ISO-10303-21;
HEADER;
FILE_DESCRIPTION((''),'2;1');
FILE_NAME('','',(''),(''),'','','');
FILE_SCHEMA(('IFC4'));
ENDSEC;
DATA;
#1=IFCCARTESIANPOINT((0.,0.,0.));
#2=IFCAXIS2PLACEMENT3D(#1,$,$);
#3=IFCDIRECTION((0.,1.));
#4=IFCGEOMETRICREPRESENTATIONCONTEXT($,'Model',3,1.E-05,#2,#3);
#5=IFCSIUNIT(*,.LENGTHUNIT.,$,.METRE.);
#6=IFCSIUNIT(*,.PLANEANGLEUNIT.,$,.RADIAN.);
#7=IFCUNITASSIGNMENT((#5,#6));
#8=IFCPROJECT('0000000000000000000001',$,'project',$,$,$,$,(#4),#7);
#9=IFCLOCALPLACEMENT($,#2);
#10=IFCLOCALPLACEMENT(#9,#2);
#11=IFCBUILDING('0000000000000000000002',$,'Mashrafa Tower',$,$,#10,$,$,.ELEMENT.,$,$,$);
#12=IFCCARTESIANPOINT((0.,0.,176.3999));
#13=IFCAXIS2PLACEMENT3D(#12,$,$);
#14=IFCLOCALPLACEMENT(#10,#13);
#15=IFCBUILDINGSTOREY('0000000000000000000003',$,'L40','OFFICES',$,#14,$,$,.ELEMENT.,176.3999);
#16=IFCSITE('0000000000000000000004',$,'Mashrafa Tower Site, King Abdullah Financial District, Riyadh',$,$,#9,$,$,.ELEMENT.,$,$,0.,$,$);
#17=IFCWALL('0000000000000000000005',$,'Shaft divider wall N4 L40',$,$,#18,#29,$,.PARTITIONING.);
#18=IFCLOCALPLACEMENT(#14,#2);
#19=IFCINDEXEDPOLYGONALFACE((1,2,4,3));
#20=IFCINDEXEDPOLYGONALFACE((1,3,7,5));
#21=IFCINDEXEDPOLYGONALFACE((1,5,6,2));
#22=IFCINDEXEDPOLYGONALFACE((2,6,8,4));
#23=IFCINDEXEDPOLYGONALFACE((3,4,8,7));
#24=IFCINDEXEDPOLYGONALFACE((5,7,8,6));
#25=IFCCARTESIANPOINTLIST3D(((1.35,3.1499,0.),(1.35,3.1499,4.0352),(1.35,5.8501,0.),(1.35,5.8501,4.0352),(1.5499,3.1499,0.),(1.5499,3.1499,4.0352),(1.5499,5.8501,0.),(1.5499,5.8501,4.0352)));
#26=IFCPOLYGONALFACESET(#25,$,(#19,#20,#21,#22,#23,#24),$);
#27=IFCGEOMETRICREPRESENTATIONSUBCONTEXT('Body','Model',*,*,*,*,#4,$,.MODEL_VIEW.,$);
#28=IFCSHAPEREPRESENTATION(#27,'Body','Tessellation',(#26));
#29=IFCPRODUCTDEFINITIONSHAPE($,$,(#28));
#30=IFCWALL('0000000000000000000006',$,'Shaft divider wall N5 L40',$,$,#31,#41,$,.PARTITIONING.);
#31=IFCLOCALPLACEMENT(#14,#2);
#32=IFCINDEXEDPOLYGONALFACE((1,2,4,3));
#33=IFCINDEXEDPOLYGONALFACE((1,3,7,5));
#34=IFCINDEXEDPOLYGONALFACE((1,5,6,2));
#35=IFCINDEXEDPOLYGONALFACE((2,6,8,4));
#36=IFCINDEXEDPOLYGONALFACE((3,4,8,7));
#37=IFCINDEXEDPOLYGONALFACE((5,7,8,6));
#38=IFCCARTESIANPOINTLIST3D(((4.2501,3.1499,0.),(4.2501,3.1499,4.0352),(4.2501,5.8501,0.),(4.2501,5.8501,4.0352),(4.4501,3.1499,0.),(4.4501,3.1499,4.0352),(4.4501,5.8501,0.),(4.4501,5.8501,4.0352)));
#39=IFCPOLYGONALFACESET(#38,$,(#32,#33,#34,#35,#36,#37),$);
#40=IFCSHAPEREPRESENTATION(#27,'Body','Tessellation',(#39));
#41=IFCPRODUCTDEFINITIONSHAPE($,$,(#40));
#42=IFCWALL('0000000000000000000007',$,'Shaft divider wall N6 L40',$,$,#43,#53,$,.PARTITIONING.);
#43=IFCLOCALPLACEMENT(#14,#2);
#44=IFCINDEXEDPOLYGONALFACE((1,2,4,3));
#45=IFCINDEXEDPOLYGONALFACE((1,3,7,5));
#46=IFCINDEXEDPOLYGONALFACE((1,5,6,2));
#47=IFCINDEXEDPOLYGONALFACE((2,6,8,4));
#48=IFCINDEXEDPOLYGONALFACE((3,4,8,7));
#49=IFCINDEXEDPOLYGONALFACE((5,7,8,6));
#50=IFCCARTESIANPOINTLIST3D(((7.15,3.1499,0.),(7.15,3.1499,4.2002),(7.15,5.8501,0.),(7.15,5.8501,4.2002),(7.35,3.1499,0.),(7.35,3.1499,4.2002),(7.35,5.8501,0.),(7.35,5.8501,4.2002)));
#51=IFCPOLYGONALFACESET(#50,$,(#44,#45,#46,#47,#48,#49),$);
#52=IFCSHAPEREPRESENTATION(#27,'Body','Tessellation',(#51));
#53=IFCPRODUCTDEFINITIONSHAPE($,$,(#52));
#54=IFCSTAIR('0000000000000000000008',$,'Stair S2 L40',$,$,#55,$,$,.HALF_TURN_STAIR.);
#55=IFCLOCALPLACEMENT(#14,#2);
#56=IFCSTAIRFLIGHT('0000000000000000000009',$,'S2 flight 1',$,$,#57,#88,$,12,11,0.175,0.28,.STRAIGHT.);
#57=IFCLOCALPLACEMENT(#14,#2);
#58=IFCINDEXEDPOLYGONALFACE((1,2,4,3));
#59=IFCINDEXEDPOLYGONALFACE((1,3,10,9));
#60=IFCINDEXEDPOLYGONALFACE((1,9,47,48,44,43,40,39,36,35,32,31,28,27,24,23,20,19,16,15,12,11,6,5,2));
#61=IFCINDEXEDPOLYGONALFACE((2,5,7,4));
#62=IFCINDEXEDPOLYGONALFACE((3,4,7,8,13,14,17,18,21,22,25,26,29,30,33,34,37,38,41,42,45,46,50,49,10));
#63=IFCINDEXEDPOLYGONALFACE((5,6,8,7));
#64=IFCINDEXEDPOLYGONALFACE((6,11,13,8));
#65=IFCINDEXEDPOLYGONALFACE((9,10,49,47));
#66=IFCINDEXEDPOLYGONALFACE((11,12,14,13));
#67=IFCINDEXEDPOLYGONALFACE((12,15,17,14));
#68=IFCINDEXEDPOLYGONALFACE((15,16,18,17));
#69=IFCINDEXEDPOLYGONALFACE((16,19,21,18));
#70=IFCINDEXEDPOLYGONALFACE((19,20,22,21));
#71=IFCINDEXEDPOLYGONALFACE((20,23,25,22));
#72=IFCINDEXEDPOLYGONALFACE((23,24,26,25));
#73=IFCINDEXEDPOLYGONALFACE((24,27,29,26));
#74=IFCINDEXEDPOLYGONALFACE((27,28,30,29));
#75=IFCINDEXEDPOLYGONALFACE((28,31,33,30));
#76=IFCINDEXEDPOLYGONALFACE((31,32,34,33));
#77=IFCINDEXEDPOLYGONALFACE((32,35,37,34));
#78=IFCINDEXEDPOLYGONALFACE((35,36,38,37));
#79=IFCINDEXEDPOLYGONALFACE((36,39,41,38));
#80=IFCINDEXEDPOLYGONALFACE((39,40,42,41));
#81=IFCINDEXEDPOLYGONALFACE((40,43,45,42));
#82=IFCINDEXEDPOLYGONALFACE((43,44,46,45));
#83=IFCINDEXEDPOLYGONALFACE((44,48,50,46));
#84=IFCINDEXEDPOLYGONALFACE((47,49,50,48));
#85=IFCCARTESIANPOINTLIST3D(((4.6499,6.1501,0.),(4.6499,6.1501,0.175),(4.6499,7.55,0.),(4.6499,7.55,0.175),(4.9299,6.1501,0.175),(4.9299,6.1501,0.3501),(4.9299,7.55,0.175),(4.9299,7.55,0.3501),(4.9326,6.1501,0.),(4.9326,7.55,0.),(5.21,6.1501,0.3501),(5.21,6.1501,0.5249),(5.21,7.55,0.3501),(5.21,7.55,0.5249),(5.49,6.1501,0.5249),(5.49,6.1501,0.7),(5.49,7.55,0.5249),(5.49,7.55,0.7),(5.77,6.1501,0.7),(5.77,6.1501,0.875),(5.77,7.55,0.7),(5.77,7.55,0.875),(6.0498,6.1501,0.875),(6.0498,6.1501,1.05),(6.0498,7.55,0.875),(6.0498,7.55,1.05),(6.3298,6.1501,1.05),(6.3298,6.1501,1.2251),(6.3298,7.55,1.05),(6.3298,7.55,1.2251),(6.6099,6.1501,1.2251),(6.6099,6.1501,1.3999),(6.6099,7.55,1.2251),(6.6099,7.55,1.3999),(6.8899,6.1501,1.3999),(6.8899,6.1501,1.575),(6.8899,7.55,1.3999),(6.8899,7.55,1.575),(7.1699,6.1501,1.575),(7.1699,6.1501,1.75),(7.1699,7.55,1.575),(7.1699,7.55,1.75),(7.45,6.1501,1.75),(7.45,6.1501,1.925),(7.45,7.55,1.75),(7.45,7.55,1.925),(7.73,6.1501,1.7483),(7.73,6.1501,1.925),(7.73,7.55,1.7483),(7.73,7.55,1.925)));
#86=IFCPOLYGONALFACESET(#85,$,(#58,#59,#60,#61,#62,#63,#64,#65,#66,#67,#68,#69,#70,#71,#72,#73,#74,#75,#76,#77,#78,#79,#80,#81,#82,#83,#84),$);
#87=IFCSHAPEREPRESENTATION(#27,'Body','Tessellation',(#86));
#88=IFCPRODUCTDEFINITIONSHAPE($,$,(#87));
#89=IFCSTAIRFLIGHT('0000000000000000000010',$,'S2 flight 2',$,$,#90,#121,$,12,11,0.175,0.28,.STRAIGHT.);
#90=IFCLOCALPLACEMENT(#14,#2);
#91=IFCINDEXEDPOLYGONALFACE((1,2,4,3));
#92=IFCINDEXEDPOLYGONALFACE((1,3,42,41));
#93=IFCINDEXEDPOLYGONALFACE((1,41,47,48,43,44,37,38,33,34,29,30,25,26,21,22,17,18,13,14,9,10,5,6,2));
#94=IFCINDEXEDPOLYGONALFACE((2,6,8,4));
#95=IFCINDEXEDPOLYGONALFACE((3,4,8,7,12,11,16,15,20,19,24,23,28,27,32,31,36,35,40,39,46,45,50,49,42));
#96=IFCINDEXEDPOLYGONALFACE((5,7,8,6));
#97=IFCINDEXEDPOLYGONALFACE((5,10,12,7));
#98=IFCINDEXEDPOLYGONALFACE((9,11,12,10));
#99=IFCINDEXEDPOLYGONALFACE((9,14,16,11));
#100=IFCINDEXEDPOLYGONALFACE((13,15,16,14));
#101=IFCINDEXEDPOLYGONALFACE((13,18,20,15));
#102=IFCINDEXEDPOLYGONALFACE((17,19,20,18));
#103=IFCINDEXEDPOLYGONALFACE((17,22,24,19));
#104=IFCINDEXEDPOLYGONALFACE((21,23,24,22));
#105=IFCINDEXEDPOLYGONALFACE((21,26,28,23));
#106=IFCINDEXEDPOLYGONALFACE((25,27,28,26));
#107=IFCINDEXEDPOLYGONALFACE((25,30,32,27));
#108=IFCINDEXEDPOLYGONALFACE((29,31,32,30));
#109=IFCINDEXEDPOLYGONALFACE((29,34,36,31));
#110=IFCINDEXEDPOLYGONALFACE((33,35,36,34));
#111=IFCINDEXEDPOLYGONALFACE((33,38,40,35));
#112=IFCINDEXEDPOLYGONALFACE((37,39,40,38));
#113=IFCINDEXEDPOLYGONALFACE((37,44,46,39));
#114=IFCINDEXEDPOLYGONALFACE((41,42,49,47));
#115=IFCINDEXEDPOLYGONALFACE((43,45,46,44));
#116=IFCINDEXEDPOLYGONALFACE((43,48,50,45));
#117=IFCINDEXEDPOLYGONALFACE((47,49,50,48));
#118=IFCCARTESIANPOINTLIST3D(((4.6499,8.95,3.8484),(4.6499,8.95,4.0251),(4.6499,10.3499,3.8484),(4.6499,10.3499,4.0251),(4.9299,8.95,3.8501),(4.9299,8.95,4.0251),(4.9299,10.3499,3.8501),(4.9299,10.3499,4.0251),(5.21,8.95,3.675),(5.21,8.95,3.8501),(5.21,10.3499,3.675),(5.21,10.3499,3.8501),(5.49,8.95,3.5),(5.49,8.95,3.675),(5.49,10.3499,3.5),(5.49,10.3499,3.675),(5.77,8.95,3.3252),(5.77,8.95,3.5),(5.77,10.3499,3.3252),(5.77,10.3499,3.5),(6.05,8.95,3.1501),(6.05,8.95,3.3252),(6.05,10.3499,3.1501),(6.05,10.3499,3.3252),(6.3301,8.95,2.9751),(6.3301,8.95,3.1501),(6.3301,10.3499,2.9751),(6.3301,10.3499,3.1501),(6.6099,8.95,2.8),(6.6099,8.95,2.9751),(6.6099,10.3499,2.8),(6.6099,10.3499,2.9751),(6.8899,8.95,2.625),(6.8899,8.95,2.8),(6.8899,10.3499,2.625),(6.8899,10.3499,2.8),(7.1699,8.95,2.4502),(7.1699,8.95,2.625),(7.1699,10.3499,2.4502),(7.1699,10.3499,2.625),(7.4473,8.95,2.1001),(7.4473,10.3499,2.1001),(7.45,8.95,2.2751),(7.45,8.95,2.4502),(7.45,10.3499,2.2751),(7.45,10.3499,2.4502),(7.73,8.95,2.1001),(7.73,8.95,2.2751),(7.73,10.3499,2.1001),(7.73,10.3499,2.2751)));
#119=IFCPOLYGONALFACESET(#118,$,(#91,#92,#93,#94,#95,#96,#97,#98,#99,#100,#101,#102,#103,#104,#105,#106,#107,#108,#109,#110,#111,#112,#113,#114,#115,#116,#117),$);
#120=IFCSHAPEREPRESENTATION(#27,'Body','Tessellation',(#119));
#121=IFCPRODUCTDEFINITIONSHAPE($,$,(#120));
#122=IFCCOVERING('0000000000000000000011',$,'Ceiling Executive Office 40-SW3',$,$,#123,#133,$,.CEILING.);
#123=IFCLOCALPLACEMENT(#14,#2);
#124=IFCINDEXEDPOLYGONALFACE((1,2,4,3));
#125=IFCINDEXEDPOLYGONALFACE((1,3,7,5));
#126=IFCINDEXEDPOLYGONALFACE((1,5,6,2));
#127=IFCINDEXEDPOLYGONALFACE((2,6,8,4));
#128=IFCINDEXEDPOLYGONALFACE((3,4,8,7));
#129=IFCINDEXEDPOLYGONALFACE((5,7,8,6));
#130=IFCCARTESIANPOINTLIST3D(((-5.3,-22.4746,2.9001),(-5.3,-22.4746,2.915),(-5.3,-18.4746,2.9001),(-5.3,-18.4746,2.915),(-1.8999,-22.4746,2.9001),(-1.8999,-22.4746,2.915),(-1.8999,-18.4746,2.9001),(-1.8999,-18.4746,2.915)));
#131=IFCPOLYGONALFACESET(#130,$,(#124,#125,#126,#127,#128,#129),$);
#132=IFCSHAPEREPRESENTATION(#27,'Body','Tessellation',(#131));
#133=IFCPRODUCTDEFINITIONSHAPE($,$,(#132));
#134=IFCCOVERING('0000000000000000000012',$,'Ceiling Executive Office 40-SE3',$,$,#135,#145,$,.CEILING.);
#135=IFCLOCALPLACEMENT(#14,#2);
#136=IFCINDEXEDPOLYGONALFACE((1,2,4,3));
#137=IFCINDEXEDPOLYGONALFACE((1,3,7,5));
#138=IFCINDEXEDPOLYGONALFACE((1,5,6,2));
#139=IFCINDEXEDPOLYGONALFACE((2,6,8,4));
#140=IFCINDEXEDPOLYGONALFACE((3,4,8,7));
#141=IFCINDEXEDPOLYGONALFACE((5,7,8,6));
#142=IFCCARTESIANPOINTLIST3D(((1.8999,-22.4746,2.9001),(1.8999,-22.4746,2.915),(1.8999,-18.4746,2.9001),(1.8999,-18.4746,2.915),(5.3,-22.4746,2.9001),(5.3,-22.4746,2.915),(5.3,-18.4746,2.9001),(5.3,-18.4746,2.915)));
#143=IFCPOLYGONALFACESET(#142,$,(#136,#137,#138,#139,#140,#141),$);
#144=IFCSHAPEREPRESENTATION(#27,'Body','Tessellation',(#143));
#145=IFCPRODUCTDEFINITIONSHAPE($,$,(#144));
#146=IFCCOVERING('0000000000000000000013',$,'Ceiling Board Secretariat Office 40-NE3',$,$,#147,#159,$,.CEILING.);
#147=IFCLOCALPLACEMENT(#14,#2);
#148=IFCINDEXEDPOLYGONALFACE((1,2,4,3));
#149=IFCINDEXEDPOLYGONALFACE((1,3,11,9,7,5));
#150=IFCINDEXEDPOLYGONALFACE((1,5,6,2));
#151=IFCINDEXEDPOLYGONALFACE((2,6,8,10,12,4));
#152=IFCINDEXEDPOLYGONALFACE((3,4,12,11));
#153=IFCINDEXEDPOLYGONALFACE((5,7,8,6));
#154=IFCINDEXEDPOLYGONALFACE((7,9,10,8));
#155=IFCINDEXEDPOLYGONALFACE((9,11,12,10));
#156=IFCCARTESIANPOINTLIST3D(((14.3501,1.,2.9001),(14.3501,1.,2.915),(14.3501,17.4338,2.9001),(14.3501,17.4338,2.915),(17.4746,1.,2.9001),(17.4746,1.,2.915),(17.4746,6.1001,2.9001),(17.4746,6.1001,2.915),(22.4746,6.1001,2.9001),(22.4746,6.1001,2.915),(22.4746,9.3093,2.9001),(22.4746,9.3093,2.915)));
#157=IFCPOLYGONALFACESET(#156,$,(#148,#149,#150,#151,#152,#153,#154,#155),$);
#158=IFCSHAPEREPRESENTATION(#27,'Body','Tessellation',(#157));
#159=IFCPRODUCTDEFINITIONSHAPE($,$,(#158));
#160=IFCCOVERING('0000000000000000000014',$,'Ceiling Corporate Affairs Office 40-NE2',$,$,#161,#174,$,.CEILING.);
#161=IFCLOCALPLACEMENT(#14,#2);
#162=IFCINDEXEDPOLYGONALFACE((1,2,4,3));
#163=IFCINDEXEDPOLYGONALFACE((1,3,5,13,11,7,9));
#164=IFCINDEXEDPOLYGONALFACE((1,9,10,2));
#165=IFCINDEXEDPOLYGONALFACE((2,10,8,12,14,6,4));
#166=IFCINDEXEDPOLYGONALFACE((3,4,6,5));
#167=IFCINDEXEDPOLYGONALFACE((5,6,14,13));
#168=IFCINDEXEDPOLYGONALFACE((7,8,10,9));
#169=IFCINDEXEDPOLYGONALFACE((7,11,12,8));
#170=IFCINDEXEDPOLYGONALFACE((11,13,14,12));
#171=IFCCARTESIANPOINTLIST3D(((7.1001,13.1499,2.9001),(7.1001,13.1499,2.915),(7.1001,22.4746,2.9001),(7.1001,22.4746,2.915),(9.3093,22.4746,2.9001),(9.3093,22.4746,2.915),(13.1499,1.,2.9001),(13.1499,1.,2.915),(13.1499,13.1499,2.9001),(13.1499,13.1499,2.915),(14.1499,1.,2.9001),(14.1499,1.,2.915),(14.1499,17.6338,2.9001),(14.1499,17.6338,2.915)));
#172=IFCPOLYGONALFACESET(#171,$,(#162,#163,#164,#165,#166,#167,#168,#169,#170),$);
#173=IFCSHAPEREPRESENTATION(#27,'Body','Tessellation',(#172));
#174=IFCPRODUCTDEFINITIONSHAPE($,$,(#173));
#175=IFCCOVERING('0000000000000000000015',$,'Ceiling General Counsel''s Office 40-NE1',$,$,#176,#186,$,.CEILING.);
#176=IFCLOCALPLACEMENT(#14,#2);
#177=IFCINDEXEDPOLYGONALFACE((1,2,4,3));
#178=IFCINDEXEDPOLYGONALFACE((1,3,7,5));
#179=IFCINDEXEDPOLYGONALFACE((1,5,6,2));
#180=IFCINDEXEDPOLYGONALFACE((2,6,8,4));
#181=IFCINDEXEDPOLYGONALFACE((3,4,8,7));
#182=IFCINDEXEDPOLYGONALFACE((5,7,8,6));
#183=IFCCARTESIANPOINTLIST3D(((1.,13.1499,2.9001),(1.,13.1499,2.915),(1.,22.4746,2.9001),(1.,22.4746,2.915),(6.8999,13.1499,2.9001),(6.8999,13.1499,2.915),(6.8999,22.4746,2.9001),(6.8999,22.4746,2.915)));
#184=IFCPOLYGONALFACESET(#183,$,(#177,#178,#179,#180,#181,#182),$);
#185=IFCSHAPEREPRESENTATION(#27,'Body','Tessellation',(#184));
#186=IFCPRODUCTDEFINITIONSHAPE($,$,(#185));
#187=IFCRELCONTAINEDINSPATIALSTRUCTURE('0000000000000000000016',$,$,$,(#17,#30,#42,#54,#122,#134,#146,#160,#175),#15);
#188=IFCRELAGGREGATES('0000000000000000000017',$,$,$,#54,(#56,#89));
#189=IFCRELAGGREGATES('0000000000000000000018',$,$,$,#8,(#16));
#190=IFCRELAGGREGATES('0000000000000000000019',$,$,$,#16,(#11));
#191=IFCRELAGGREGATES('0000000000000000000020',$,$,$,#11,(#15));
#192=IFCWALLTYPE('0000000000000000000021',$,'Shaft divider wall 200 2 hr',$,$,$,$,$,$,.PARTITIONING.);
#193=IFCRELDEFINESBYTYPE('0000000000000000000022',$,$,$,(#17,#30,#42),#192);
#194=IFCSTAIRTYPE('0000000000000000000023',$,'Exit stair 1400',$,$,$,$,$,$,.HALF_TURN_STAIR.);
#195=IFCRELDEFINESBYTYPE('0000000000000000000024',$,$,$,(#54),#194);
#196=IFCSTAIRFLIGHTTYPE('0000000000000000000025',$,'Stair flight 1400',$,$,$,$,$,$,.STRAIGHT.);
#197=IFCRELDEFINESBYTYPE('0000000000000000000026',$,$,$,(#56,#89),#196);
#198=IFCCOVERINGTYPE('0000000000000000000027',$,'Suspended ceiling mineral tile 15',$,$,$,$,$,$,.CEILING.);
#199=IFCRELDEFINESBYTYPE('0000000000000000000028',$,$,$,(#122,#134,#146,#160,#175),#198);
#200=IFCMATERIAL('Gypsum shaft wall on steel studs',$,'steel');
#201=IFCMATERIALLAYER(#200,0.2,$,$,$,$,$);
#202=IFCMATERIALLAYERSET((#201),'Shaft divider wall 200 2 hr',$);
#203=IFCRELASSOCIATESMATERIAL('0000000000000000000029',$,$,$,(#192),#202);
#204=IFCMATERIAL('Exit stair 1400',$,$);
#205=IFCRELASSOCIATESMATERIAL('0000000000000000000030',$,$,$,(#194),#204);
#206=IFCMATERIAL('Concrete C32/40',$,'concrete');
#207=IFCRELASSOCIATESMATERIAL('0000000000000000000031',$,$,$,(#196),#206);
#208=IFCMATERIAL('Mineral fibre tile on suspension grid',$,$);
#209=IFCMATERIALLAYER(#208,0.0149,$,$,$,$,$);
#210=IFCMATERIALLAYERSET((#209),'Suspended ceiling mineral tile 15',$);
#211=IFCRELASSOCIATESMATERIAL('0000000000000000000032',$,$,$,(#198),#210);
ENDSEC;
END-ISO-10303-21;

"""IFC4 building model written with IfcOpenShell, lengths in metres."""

from ifc_helpers import new_model, si_unit, direction, frame, frame_2d, origin, place, context, subcontext, project, spatial, polyline, rectangle, outline, extrude, material, layer, layer_set, type_object, element, aggregate, save


model = new_model("IFC4")

# Units and contexts
model_context = context("Model", 3, precision=1e-05, world=origin(), true_north=direction((0.0, 1.0)))
body_context = subcontext(model_context, "Body", "Model", "MODEL_VIEW")
ifc_project = project(units=[si_unit("LENGTHUNIT", "METRE"), si_unit("PLANEANGLEUNIT", "RADIAN")], contexts=[model_context])

# Site, building, storey
site_placement = place(None, origin())
site = spatial("IfcSite", under=ifc_project, at=site_placement, Name="Mashrafa Tower Site, King Abdullah Financial District, Riyadh", CompositionType="ELEMENT", RefElevation=0.0)
building_placement = place(site_placement, origin())
building = spatial("IfcBuilding", under=site, at=building_placement, Name="Mashrafa Tower", CompositionType="ELEMENT")
storey_placement = place(building_placement, frame((0.0, 0.0, 176.3999)))
storey = spatial("IfcBuildingStorey", under=building, at=storey_placement, Name="L40", Description="OFFICES", CompositionType="ELEMENT", Elevation=176.3999)

# Walls
ifc_material_1 = material(Name="Gypsum shaft wall on steel studs", Category="steel")
ifc_layer_1 = layer(ifc_material_1, 0.2)
ifc_layer_set_1 = layer_set([ifc_layer_1], Name="Shaft divider wall 200 2 hr")
wall_type_1 = type_object("IfcWallType", Name="Shaft divider wall 200 2 hr", PredefinedType="PARTITIONING", material=ifc_layer_set_1)
for number, where, z_axis, x_axis, name in (
    (1, (1.45, 3.1499, 0.0), (0.0, 0.0, 1.0), (0.0, 1.0, 0.0), "Shaft divider wall N4 L40"),
    (2, (4.3501, 3.1499, 0.0), (0.0, 0.0, 1.0), (0.0, 1.0, 0.0), "Shaft divider wall N5 L40"),
):
    element("IfcWall", number, at=place(storey_placement, frame(where, z_axis=z_axis, x_axis=x_axis)), inside=storey, type_object=wall_type_1, Name=name, PredefinedType="PARTITIONING", context=body_context, shape_type="SweptSolid", body=[
        extrude(rectangle(XDim=2.7002, YDim=0.2, at=frame_2d((1.3501, 0.0))), origin(), (0.0, 0.0, 1.0), 4.0352),
    ])
wall_1_placement = place(storey_placement, frame((7.25, 3.1499, 0.0), z_axis=(0.0, 0.0, 1.0), x_axis=(0.0, 1.0, 0.0)))
element("IfcWall", 3, at=wall_1_placement, inside=storey, type_object=wall_type_1, Name="Shaft divider wall N6 L40", PredefinedType="PARTITIONING", context=body_context, shape_type="SweptSolid", body=[
    extrude(rectangle(XDim=2.7002, YDim=0.2, at=frame_2d((1.3501, 0.0))), origin(), (0.0, 0.0, 1.0), 4.2002),
])

# Stair, stair flights
ifc_material_2 = material(Name="Exit stair 1400")
stair_type = type_object("IfcStairType", Name="Exit stair 1400", PredefinedType="HALF_TURN_STAIR", material=ifc_material_2)
stair_placement = place(storey_placement, origin())
stair = element("IfcStair", 4, at=stair_placement, inside=storey, type_object=stair_type, Name="Stair S2 L40", PredefinedType="HALF_TURN_STAIR")
ifc_material_3 = material(Name="Concrete C32/40", Category="concrete")
stair_flight_type = type_object("IfcStairFlightType", Name="Stair flight 1400", PredefinedType="STRAIGHT", material=ifc_material_3)
stair_flight_1_placement = place(storey_placement, frame((4.6499, 6.8501, 0.0), z_axis=(0.0, 0.0, 1.0), x_axis=(1.0, 0.0, 0.0)))
stair_flight_1 = element("IfcStairFlight", 5, at=stair_flight_1_placement, type_object=stair_flight_type, Name="S2 flight 1", NumberOfRisers=12, NumberOfTreads=11, PredefinedType="STRAIGHT", RiserHeight=0.175, TreadLength=0.28, context=body_context, shape_type="SweptSolid", body=[
    extrude(outline(polyline([(0.0, 0.0), (0.0, 0.175), (0.28, 0.175), (0.28, 0.3501), (0.5601, 0.3501), (0.5601, 0.5249), (0.8401, 0.5249), (0.8401, 0.7), (1.1201, 0.7), (1.1201, 0.875), (1.3999, 0.875), (1.3999, 1.05), (1.6799, 1.05), (1.6799, 1.2251), (1.96, 1.2251), (1.96, 1.3999), (2.24, 1.3999), (2.24, 1.575), (2.52, 1.575), (2.52, 1.75), (2.8, 1.75), (2.8, 1.925), (3.0801, 1.925), (3.0801, 2.1001), (3.0801, 1.7483), (0.2827, 0.0), (0.0, 0.0)])), frame((0.0, 0.7, 0.0), z_axis=(0.0, -1.0, 0.0), x_axis=(1.0, 0.0, 0.0)), (0.0, 0.0, 1.0), 1.3999),
])
stair_flight_2_placement = place(storey_placement, frame((7.73, 9.6499, 2.1001), z_axis=(0.0, 0.0, 1.0), x_axis=(-1.0, 0.0, 0.0)))
stair_flight_2 = element("IfcStairFlight", 6, at=stair_flight_2_placement, type_object=stair_flight_type, Name="S2 flight 2", NumberOfRisers=12, NumberOfTreads=11, PredefinedType="STRAIGHT", RiserHeight=0.175, TreadLength=0.28, context=body_context, shape_type="SweptSolid", body=[
    extrude(outline(polyline([(0.0, 0.0), (0.0, 0.175), (0.28, 0.175), (0.28, 0.3501), (0.5601, 0.3501), (0.5601, 0.5249), (0.8401, 0.5249), (0.8401, 0.7), (1.1201, 0.7), (1.1201, 0.875), (1.3999, 0.875), (1.3999, 1.05), (1.6799, 1.05), (1.6799, 1.2251), (1.96, 1.2251), (1.96, 1.3999), (2.24, 1.3999), (2.24, 1.575), (2.52, 1.575), (2.52, 1.75), (2.8, 1.75), (2.8, 1.925), (3.0801, 1.925), (3.0801, 2.1001), (3.0801, 1.7483), (0.2827, 0.0), (0.0, 0.0)])), frame((0.0, 0.7, 0.0), z_axis=(0.0, -1.0, 0.0), x_axis=(1.0, 0.0, 0.0)), (0.0, 0.0, 1.0), 1.3999),
])
aggregate(stair, [stair_flight_1, stair_flight_2])

# Coverings
ifc_material_4 = material(Name="Mineral fibre tile on suspension grid")
ifc_layer_2 = layer(ifc_material_4, 0.0149)
ifc_layer_set_2 = layer_set([ifc_layer_2], Name="Suspended ceiling mineral tile 15")
covering_type = type_object("IfcCoveringType", Name="Suspended ceiling mineral tile 15", PredefinedType="CEILING", material=ifc_layer_set_2)
covering_1_placement = place(storey_placement, frame((0.0, 0.0, 2.9001)))
element("IfcCovering", 7, at=covering_1_placement, inside=storey, type_object=covering_type, Name="Ceiling Executive Office 40-SW3", PredefinedType="CEILING", context=body_context, shape_type="SweptSolid", body=[
    extrude(outline(polyline([(-5.3, -18.4746), (-1.8999, -18.4746), (-1.8999, -22.4746), (-5.3, -22.4746), (-5.3, -18.4746)])), origin(), (0.0, 0.0, 1.0), 0.0149),
])
covering_2_placement = place(storey_placement, frame((0.0, 0.0, 2.9001)))
element("IfcCovering", 8, at=covering_2_placement, inside=storey, type_object=covering_type, Name="Ceiling Executive Office 40-SE3", PredefinedType="CEILING", context=body_context, shape_type="SweptSolid", body=[
    extrude(outline(polyline([(1.8999, -18.4746), (5.3, -18.4746), (5.3, -22.4746), (1.8999, -22.4746), (1.8999, -18.4746)])), origin(), (0.0, 0.0, 1.0), 0.0149),
])
covering_3_placement = place(storey_placement, frame((0.0, 0.0, 2.9001)))
element("IfcCovering", 9, at=covering_3_placement, inside=storey, type_object=covering_type, Name="Ceiling Board Secretariat Office 40-NE3", PredefinedType="CEILING", context=body_context, shape_type="SweptSolid", body=[
    extrude(outline(polyline([(14.3501, 1.0), (14.3501, 17.4338), (22.4746, 9.3093), (22.4746, 6.1001), (17.4746, 6.1001), (17.4746, 1.0), (14.3501, 1.0)])), origin(), (0.0, 0.0, 1.0), 0.0149),
])
covering_4_placement = place(storey_placement, frame((0.0, 0.0, 2.9001)))
element("IfcCovering", 10, at=covering_4_placement, inside=storey, type_object=covering_type, Name="Ceiling Corporate Affairs Office 40-NE2", PredefinedType="CEILING", context=body_context, shape_type="SweptSolid", body=[
    extrude(outline(polyline([(7.1001, 13.1499), (7.1001, 22.4746), (9.3093, 22.4746), (14.1499, 17.6338), (14.1499, 1.0), (13.1499, 1.0), (13.1499, 13.1499), (7.1001, 13.1499)])), origin(), (0.0, 0.0, 1.0), 0.0149),
])
covering_5_placement = place(storey_placement, frame((0.0, 0.0, 2.9001)))
element("IfcCovering", 11, at=covering_5_placement, inside=storey, type_object=covering_type, Name="Ceiling General Counsel's Office 40-NE1", PredefinedType="CEILING", context=body_context, shape_type="SweptSolid", body=[
    extrude(outline(polyline([(1.0, 22.4746), (6.8999, 22.4746), (6.8999, 13.1499), (1.0, 13.1499), (1.0, 22.4746)])), origin(), (0.0, 0.0, 1.0), 0.0149),
])

save(model, "model.ifc")
